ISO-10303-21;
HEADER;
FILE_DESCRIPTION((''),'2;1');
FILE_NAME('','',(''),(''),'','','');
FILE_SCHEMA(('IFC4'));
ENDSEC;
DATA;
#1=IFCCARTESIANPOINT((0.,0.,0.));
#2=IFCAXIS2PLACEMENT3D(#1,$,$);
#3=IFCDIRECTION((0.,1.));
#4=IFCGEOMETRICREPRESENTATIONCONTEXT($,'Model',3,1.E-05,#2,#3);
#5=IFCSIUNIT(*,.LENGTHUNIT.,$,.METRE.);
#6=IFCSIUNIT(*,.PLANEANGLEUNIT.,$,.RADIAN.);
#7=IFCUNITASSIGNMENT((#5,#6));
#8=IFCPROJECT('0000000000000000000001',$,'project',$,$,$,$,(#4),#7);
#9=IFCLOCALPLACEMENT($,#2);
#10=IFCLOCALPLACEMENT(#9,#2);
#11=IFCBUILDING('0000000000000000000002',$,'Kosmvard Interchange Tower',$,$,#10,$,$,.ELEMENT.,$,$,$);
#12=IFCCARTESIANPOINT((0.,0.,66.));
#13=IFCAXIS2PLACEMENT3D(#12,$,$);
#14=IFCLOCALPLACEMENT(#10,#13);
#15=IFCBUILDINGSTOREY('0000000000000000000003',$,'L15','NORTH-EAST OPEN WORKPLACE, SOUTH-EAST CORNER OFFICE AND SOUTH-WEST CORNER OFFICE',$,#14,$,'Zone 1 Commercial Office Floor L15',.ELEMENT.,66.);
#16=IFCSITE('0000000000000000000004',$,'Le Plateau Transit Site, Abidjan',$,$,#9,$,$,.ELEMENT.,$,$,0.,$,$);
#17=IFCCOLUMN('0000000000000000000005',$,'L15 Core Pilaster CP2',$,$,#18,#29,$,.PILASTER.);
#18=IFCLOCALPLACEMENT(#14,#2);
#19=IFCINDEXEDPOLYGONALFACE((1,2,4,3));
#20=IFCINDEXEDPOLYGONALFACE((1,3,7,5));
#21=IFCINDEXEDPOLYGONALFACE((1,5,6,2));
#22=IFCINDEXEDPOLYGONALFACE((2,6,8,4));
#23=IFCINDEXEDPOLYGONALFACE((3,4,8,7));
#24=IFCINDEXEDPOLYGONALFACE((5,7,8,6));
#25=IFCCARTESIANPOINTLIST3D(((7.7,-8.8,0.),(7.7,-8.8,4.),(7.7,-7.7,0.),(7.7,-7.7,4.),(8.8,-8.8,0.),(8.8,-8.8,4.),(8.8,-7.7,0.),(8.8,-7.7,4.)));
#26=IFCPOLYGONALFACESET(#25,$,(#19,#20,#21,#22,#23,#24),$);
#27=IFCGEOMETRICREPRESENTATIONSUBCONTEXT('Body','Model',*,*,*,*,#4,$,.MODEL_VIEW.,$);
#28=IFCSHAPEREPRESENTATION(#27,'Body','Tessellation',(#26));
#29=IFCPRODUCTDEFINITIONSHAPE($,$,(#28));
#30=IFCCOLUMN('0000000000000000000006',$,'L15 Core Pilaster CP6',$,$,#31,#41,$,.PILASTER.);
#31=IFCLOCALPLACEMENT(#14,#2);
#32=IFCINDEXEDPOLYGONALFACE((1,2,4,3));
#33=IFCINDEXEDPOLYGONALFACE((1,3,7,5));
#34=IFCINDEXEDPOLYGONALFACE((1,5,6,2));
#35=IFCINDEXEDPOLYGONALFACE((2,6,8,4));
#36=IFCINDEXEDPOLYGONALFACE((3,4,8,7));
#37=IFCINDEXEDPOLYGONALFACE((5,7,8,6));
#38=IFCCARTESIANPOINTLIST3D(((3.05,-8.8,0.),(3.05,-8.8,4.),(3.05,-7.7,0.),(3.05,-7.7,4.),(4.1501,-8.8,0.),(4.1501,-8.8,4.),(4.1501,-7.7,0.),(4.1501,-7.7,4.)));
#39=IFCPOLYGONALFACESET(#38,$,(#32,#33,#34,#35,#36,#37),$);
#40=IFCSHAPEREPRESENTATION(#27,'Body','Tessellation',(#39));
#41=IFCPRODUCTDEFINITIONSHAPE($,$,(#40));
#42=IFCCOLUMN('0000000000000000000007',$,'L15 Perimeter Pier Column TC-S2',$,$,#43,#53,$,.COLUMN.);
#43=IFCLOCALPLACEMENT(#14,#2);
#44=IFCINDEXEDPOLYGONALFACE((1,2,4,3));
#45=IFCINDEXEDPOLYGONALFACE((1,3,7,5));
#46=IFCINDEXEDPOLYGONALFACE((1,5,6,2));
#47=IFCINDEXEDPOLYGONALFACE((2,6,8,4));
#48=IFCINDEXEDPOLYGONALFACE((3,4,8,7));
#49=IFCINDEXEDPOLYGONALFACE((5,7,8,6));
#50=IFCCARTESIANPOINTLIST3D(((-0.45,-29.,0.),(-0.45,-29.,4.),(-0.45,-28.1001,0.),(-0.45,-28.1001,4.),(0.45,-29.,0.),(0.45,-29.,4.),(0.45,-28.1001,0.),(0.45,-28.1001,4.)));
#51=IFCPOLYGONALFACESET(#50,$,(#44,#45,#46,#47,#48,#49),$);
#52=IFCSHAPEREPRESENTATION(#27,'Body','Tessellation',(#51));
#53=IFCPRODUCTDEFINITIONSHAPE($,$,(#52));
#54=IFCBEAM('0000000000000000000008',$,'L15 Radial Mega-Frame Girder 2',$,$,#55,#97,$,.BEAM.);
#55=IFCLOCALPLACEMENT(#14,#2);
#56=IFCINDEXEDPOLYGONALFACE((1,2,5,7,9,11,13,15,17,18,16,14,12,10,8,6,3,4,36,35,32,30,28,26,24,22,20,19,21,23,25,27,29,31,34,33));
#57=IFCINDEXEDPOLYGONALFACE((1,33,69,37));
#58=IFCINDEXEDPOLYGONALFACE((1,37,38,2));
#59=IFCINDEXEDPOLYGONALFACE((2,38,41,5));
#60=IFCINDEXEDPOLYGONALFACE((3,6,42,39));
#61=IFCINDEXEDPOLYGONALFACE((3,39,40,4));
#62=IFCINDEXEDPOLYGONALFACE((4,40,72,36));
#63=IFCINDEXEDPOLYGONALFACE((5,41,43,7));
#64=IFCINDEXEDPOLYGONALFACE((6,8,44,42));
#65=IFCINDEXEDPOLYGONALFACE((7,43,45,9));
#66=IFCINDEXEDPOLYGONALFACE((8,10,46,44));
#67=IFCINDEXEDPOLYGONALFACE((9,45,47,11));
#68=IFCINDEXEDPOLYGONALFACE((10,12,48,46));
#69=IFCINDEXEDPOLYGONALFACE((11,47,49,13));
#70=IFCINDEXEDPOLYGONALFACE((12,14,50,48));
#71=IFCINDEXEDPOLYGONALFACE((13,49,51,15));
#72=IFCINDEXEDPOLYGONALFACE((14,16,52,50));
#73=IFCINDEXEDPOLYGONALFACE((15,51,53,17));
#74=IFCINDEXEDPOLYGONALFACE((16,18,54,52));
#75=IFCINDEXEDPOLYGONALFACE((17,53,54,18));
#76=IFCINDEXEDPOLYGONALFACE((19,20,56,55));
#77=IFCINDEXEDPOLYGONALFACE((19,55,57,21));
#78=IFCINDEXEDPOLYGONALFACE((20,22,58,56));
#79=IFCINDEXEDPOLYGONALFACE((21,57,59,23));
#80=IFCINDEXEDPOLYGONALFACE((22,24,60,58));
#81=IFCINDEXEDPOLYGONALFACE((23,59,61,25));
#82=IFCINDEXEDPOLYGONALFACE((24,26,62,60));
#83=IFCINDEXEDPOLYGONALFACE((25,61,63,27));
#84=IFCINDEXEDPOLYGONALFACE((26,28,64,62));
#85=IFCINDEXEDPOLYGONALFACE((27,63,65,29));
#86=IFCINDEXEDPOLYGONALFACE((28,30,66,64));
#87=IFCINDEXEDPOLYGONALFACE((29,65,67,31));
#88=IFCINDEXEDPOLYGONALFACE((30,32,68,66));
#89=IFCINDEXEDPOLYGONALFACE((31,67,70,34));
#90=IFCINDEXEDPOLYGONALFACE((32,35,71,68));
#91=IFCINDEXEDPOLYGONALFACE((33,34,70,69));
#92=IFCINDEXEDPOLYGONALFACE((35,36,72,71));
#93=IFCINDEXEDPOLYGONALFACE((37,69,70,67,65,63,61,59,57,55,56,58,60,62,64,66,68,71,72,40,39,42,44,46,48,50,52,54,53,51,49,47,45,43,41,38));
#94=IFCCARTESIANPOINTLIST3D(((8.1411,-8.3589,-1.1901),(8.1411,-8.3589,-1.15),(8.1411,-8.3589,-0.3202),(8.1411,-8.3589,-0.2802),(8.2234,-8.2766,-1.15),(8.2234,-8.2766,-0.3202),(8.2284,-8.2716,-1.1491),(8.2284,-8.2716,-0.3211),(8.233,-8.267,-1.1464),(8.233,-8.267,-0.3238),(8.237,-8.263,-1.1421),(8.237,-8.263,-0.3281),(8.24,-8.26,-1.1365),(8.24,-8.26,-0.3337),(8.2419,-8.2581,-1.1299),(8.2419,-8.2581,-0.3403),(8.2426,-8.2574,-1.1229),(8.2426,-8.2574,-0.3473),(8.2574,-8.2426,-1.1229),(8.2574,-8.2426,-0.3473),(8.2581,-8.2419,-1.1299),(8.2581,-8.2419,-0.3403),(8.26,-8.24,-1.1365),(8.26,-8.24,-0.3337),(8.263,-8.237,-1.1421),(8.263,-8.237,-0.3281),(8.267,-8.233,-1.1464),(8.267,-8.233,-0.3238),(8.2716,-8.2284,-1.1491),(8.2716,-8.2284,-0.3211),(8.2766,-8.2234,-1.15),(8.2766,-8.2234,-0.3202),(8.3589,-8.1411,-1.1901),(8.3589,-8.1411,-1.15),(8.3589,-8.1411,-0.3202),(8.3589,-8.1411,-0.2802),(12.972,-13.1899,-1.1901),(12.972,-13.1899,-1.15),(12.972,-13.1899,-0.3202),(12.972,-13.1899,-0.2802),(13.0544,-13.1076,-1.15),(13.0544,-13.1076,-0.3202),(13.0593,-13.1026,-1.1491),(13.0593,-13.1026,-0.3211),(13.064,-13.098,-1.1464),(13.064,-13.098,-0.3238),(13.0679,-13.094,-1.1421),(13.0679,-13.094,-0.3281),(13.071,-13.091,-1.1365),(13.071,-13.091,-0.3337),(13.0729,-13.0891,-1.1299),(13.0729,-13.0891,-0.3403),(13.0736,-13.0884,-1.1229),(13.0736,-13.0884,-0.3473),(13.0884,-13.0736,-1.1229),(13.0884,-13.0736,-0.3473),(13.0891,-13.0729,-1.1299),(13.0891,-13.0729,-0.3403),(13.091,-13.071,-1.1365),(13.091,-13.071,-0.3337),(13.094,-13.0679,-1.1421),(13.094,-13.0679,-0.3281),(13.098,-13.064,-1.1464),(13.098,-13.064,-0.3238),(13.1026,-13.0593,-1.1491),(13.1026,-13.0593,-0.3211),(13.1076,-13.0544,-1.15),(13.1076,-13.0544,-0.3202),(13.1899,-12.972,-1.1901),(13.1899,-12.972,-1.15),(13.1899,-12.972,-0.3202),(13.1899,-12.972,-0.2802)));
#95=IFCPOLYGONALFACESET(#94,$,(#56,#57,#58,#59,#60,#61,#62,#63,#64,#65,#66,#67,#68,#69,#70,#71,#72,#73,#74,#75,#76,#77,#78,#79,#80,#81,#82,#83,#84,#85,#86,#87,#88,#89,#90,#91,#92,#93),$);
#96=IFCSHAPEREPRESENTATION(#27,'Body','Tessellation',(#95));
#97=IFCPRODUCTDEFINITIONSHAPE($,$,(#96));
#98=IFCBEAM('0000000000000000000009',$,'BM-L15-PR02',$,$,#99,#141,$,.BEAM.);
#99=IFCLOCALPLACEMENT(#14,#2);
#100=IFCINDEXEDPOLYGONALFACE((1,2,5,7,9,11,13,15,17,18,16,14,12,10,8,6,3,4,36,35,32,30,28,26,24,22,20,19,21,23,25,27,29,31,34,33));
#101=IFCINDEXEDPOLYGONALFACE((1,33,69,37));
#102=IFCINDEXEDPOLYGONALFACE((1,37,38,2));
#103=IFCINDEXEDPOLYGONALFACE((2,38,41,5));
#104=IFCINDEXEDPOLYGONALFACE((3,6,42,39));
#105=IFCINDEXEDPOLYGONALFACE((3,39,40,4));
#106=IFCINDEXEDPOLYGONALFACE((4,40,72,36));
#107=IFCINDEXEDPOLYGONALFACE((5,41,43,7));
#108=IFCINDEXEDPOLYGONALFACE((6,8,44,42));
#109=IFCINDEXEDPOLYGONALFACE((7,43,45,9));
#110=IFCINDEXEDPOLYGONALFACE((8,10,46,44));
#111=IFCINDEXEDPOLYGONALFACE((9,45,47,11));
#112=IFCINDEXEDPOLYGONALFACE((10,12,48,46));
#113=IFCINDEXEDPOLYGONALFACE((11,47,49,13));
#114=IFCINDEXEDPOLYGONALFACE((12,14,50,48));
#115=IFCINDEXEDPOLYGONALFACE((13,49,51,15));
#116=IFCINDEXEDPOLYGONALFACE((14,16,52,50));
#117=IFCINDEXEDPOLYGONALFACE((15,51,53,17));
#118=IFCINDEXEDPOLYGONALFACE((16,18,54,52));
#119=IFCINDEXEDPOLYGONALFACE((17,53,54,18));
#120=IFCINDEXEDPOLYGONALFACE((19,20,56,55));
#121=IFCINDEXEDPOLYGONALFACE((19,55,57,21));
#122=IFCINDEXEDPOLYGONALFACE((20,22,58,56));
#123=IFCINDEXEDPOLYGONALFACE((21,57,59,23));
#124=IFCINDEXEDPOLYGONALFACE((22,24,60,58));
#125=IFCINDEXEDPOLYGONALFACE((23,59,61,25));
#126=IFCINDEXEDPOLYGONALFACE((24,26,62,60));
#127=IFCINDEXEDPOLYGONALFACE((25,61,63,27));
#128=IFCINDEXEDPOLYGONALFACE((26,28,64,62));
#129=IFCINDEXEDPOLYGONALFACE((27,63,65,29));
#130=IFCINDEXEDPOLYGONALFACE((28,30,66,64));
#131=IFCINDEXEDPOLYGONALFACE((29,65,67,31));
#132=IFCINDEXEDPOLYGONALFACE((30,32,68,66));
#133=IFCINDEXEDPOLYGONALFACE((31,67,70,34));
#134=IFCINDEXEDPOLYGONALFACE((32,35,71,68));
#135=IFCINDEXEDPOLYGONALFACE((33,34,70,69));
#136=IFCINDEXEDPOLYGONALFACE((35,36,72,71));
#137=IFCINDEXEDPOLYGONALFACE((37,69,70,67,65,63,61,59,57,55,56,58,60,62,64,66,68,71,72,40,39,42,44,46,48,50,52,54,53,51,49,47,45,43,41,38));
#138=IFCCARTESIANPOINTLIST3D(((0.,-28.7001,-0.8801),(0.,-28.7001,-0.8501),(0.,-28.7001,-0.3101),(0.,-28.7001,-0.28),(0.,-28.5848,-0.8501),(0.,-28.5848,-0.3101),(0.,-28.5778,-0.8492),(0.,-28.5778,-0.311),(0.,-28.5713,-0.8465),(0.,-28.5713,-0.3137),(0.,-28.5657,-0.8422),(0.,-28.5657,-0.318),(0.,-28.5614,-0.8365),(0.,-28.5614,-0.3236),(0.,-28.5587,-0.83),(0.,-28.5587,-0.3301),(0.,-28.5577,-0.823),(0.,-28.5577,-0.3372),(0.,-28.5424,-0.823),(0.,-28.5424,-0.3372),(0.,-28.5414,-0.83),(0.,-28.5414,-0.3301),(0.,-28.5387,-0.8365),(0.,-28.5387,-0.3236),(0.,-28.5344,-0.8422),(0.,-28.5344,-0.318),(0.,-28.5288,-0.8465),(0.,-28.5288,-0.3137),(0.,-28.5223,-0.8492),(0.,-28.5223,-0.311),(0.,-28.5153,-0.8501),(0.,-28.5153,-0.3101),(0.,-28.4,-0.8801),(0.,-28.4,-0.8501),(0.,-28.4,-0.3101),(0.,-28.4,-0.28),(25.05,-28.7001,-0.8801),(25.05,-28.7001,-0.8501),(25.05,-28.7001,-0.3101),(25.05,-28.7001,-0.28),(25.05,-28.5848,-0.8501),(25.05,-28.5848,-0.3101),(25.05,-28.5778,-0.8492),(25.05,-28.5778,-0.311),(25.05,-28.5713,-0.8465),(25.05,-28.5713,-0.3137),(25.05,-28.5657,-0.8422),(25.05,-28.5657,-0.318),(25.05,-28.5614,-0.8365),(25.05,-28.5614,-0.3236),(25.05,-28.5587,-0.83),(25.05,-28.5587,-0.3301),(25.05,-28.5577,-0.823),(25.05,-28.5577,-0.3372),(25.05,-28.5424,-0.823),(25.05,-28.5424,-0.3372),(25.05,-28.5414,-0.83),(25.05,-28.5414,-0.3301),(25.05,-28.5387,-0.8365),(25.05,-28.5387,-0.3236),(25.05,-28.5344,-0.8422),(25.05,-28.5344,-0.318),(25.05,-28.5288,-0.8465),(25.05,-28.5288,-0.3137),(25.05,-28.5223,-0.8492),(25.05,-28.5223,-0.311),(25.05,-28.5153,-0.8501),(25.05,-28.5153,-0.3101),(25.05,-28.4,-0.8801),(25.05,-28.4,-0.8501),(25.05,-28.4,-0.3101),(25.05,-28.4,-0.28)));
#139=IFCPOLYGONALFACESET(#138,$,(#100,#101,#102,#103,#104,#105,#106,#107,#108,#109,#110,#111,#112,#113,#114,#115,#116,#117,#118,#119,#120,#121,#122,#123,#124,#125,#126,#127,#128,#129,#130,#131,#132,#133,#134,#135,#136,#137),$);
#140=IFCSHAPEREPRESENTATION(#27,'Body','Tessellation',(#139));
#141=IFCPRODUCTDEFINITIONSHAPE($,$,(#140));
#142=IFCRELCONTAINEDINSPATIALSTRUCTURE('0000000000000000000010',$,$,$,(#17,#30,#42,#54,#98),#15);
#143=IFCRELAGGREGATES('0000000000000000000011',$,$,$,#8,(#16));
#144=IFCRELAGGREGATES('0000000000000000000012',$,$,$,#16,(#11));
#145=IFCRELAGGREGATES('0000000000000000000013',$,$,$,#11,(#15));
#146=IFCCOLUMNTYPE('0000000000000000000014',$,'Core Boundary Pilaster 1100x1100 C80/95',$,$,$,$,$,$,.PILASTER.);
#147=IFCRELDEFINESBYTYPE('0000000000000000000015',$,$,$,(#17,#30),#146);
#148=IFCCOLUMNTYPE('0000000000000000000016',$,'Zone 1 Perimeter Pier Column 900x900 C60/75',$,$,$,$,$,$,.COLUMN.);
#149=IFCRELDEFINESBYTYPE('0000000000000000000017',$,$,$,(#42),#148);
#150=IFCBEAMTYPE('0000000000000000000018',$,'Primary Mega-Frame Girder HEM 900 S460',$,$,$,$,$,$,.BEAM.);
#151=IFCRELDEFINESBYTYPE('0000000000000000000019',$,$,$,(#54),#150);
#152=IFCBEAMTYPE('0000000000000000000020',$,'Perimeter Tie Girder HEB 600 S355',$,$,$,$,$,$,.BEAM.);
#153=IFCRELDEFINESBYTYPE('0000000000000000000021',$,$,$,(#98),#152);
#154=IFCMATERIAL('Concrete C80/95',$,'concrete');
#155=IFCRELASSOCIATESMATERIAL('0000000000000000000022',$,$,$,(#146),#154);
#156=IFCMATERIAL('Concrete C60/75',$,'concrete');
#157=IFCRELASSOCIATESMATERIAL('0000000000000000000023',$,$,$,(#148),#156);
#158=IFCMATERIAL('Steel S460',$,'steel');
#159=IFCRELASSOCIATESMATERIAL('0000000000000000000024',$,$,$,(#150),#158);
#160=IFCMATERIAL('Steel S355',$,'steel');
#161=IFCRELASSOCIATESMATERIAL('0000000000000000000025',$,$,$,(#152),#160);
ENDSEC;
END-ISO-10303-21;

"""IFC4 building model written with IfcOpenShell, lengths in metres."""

from ifc_helpers import new_model, si_unit, direction, frame, origin, origin_2d, place, context, subcontext, project, spatial, rectangle, i_section, extrude, source, transform, mapped, material, material_profile, profile_set, type_object, element, save


model = new_model("IFC4")

# Units and contexts
model_context = context("Model", 3, precision=1e-05, world=origin(), true_north=direction((0.0, 1.0)))
body_context = subcontext(model_context, "Body", "Model", "MODEL_VIEW")
ifc_project = project(units=[si_unit("LENGTHUNIT", "METRE"), si_unit("PLANEANGLEUNIT", "RADIAN")], contexts=[model_context])

# Site, building, storey
site_placement = place(None, origin())
site = spatial("IfcSite", under=ifc_project, at=site_placement, Name="Le Plateau Transit Site, Abidjan", CompositionType="ELEMENT", RefElevation=0.0)
building_placement = place(site_placement, origin())
building = spatial("IfcBuilding", under=site, at=building_placement, Name="Kosmvard Interchange Tower", CompositionType="ELEMENT")
storey_placement = place(building_placement, frame((0.0, 0.0, 66.0)))
storey = spatial("IfcBuildingStorey", under=building, at=storey_placement, Name="L15", Description="NORTH-EAST OPEN WORKPLACE, SOUTH-EAST CORNER OFFICE AND SOUTH-WEST CORNER OFFICE", LongName="Zone 1 Commercial Office Floor L15", CompositionType="ELEMENT", Elevation=66.0)

# Columns
ifc_material_1 = material(Name="Concrete C80/95", Category="concrete")
ifc_material_profile_1 = material_profile(ifc_material_1, rectangle(XDim=1.1001, YDim=1.1001, at=origin_2d()), Name="CP 1100x1100")
ifc_profile_set_1 = profile_set([ifc_material_profile_1], Name="Concrete C80/95")
column_type_1 = type_object("IfcColumnType", Name="Core Boundary Pilaster 1100x1100 C80/95", PredefinedType="PILASTER", material=ifc_profile_set_1)
shared_shape_1 = source(origin(), body_context, "Body", "SweptSolid", [
    extrude(rectangle(XDim=1.1001, YDim=1.1001, at=origin_2d()), origin(), (0.0, 0.0, 1.0), 4.0),
])
for number, where, z_axis, x_axis, name in (
    (1, (8.25, -8.25, 0.0), (0.0, 0.0, 1.0), (1.0, 0.0, 0.0), "L15 Core Pilaster CP2"),
    (2, (3.6001, -8.25, 0.0), (0.0, 0.0, 1.0), (1.0, 0.0, 0.0), "L15 Core Pilaster CP6"),
):
    element("IfcColumn", number, at=place(storey_placement, frame(where, z_axis=z_axis, x_axis=x_axis)), inside=storey, type_object=column_type_1, Name=name, PredefinedType="PILASTER", context=body_context, shape_type="MappedRepresentation", body=[
        mapped(shared_shape_1, transform((0.0, 0.0, 0.0), scale=1.0)),
    ])
ifc_material_2 = material(Name="Concrete C60/75", Category="concrete")
ifc_material_profile_2 = material_profile(ifc_material_2, rectangle(XDim=0.8999, YDim=0.8999, at=origin_2d()), Name="TC 900x900")
ifc_profile_set_2 = profile_set([ifc_material_profile_2], Name="Concrete C60/75")
column_type_2 = type_object("IfcColumnType", Name="Zone 1 Perimeter Pier Column 900x900 C60/75", PredefinedType="COLUMN", material=ifc_profile_set_2)
shared_shape_2 = source(origin(), body_context, "Body", "SweptSolid", [
    extrude(rectangle(XDim=0.8999, YDim=0.8999, at=origin_2d()), origin(), (0.0, 0.0, 1.0), 4.0),
])
column_placement = place(storey_placement, frame((0.0, -28.55, 0.0), z_axis=(0.0, 0.0, 1.0), x_axis=(1.0, 0.0, 0.0)))
element("IfcColumn", 3, at=column_placement, inside=storey, type_object=column_type_2, Name="L15 Perimeter Pier Column TC-S2", PredefinedType="COLUMN", context=body_context, shape_type="MappedRepresentation", body=[
    mapped(shared_shape_2, transform((0.0, 0.0, 0.0), scale=1.0)),
])

# Beams
ifc_material_3 = material(Name="Steel S460", Category="steel")
ifc_material_profile_3 = material_profile(ifc_material_3, i_section(OverallWidth=0.3081, OverallDepth=0.9099, WebThickness=0.021, FlangeThickness=0.04, FilletRadius=0.0271, at=origin_2d()), Name="HEM 900")
ifc_profile_set_3 = profile_set([ifc_material_profile_3], Name="Steel S460")
beam_type_1 = type_object("IfcBeamType", Name="Primary Mega-Frame Girder HEM 900 S460", PredefinedType="BEAM", material=ifc_profile_set_3)
shared_shape_3 = source(origin(), body_context, "Body", "SweptSolid", [
    extrude(i_section(OverallWidth=0.3081, OverallDepth=0.9099, WebThickness=0.021, FlangeThickness=0.04, FilletRadius=0.0271, at=origin_2d()), origin(), (0.0, 0.0, 1.0), 6.832),
])
beam_1_placement = place(storey_placement, frame((8.25, -8.25, -0.7351), z_axis=(0.707107, -0.707107, 0.0), x_axis=(0.707107, 0.707107, 0.0)))
element("IfcBeam", 4, at=beam_1_placement, inside=storey, type_object=beam_type_1, Name="L15 Radial Mega-Frame Girder 2", PredefinedType="BEAM", context=body_context, shape_type="MappedRepresentation", body=[
    mapped(shared_shape_3, transform((0.0, 0.0, 0.0), scale=1.0)),
])
ifc_material_4 = material(Name="Steel S355", Category="steel")
ifc_material_profile_4 = material_profile(ifc_material_4, i_section(OverallWidth=0.3, OverallDepth=0.6001, WebThickness=0.0154, FlangeThickness=0.03, FilletRadius=0.0271, at=origin_2d()), Name="HEB 600")
ifc_profile_set_4 = profile_set([ifc_material_profile_4], Name="Steel S355")
beam_type_2 = type_object("IfcBeamType", Name="Perimeter Tie Girder HEB 600 S355", PredefinedType="BEAM", material=ifc_profile_set_4)
shared_shape_4 = source(origin(), body_context, "Body", "SweptSolid", [
    extrude(i_section(OverallWidth=0.3, OverallDepth=0.6001, WebThickness=0.0154, FlangeThickness=0.03, FilletRadius=0.0271, at=origin_2d()), origin(), (0.0, 0.0, 1.0), 25.05),
])
beam_2_placement = place(storey_placement, frame((0.0, -28.55, -0.5801), z_axis=(1.0, 0.0, 0.0), x_axis=(0.0, 1.0, 0.0)))
element("IfcBeam", 5, at=beam_2_placement, inside=storey, type_object=beam_type_2, Name="BM-L15-PR02", PredefinedType="BEAM", context=body_context, shape_type="MappedRepresentation", body=[
    mapped(shared_shape_4, transform((0.0, 0.0, 0.0), scale=1.0)),
])

save(model, "model.ifc")
